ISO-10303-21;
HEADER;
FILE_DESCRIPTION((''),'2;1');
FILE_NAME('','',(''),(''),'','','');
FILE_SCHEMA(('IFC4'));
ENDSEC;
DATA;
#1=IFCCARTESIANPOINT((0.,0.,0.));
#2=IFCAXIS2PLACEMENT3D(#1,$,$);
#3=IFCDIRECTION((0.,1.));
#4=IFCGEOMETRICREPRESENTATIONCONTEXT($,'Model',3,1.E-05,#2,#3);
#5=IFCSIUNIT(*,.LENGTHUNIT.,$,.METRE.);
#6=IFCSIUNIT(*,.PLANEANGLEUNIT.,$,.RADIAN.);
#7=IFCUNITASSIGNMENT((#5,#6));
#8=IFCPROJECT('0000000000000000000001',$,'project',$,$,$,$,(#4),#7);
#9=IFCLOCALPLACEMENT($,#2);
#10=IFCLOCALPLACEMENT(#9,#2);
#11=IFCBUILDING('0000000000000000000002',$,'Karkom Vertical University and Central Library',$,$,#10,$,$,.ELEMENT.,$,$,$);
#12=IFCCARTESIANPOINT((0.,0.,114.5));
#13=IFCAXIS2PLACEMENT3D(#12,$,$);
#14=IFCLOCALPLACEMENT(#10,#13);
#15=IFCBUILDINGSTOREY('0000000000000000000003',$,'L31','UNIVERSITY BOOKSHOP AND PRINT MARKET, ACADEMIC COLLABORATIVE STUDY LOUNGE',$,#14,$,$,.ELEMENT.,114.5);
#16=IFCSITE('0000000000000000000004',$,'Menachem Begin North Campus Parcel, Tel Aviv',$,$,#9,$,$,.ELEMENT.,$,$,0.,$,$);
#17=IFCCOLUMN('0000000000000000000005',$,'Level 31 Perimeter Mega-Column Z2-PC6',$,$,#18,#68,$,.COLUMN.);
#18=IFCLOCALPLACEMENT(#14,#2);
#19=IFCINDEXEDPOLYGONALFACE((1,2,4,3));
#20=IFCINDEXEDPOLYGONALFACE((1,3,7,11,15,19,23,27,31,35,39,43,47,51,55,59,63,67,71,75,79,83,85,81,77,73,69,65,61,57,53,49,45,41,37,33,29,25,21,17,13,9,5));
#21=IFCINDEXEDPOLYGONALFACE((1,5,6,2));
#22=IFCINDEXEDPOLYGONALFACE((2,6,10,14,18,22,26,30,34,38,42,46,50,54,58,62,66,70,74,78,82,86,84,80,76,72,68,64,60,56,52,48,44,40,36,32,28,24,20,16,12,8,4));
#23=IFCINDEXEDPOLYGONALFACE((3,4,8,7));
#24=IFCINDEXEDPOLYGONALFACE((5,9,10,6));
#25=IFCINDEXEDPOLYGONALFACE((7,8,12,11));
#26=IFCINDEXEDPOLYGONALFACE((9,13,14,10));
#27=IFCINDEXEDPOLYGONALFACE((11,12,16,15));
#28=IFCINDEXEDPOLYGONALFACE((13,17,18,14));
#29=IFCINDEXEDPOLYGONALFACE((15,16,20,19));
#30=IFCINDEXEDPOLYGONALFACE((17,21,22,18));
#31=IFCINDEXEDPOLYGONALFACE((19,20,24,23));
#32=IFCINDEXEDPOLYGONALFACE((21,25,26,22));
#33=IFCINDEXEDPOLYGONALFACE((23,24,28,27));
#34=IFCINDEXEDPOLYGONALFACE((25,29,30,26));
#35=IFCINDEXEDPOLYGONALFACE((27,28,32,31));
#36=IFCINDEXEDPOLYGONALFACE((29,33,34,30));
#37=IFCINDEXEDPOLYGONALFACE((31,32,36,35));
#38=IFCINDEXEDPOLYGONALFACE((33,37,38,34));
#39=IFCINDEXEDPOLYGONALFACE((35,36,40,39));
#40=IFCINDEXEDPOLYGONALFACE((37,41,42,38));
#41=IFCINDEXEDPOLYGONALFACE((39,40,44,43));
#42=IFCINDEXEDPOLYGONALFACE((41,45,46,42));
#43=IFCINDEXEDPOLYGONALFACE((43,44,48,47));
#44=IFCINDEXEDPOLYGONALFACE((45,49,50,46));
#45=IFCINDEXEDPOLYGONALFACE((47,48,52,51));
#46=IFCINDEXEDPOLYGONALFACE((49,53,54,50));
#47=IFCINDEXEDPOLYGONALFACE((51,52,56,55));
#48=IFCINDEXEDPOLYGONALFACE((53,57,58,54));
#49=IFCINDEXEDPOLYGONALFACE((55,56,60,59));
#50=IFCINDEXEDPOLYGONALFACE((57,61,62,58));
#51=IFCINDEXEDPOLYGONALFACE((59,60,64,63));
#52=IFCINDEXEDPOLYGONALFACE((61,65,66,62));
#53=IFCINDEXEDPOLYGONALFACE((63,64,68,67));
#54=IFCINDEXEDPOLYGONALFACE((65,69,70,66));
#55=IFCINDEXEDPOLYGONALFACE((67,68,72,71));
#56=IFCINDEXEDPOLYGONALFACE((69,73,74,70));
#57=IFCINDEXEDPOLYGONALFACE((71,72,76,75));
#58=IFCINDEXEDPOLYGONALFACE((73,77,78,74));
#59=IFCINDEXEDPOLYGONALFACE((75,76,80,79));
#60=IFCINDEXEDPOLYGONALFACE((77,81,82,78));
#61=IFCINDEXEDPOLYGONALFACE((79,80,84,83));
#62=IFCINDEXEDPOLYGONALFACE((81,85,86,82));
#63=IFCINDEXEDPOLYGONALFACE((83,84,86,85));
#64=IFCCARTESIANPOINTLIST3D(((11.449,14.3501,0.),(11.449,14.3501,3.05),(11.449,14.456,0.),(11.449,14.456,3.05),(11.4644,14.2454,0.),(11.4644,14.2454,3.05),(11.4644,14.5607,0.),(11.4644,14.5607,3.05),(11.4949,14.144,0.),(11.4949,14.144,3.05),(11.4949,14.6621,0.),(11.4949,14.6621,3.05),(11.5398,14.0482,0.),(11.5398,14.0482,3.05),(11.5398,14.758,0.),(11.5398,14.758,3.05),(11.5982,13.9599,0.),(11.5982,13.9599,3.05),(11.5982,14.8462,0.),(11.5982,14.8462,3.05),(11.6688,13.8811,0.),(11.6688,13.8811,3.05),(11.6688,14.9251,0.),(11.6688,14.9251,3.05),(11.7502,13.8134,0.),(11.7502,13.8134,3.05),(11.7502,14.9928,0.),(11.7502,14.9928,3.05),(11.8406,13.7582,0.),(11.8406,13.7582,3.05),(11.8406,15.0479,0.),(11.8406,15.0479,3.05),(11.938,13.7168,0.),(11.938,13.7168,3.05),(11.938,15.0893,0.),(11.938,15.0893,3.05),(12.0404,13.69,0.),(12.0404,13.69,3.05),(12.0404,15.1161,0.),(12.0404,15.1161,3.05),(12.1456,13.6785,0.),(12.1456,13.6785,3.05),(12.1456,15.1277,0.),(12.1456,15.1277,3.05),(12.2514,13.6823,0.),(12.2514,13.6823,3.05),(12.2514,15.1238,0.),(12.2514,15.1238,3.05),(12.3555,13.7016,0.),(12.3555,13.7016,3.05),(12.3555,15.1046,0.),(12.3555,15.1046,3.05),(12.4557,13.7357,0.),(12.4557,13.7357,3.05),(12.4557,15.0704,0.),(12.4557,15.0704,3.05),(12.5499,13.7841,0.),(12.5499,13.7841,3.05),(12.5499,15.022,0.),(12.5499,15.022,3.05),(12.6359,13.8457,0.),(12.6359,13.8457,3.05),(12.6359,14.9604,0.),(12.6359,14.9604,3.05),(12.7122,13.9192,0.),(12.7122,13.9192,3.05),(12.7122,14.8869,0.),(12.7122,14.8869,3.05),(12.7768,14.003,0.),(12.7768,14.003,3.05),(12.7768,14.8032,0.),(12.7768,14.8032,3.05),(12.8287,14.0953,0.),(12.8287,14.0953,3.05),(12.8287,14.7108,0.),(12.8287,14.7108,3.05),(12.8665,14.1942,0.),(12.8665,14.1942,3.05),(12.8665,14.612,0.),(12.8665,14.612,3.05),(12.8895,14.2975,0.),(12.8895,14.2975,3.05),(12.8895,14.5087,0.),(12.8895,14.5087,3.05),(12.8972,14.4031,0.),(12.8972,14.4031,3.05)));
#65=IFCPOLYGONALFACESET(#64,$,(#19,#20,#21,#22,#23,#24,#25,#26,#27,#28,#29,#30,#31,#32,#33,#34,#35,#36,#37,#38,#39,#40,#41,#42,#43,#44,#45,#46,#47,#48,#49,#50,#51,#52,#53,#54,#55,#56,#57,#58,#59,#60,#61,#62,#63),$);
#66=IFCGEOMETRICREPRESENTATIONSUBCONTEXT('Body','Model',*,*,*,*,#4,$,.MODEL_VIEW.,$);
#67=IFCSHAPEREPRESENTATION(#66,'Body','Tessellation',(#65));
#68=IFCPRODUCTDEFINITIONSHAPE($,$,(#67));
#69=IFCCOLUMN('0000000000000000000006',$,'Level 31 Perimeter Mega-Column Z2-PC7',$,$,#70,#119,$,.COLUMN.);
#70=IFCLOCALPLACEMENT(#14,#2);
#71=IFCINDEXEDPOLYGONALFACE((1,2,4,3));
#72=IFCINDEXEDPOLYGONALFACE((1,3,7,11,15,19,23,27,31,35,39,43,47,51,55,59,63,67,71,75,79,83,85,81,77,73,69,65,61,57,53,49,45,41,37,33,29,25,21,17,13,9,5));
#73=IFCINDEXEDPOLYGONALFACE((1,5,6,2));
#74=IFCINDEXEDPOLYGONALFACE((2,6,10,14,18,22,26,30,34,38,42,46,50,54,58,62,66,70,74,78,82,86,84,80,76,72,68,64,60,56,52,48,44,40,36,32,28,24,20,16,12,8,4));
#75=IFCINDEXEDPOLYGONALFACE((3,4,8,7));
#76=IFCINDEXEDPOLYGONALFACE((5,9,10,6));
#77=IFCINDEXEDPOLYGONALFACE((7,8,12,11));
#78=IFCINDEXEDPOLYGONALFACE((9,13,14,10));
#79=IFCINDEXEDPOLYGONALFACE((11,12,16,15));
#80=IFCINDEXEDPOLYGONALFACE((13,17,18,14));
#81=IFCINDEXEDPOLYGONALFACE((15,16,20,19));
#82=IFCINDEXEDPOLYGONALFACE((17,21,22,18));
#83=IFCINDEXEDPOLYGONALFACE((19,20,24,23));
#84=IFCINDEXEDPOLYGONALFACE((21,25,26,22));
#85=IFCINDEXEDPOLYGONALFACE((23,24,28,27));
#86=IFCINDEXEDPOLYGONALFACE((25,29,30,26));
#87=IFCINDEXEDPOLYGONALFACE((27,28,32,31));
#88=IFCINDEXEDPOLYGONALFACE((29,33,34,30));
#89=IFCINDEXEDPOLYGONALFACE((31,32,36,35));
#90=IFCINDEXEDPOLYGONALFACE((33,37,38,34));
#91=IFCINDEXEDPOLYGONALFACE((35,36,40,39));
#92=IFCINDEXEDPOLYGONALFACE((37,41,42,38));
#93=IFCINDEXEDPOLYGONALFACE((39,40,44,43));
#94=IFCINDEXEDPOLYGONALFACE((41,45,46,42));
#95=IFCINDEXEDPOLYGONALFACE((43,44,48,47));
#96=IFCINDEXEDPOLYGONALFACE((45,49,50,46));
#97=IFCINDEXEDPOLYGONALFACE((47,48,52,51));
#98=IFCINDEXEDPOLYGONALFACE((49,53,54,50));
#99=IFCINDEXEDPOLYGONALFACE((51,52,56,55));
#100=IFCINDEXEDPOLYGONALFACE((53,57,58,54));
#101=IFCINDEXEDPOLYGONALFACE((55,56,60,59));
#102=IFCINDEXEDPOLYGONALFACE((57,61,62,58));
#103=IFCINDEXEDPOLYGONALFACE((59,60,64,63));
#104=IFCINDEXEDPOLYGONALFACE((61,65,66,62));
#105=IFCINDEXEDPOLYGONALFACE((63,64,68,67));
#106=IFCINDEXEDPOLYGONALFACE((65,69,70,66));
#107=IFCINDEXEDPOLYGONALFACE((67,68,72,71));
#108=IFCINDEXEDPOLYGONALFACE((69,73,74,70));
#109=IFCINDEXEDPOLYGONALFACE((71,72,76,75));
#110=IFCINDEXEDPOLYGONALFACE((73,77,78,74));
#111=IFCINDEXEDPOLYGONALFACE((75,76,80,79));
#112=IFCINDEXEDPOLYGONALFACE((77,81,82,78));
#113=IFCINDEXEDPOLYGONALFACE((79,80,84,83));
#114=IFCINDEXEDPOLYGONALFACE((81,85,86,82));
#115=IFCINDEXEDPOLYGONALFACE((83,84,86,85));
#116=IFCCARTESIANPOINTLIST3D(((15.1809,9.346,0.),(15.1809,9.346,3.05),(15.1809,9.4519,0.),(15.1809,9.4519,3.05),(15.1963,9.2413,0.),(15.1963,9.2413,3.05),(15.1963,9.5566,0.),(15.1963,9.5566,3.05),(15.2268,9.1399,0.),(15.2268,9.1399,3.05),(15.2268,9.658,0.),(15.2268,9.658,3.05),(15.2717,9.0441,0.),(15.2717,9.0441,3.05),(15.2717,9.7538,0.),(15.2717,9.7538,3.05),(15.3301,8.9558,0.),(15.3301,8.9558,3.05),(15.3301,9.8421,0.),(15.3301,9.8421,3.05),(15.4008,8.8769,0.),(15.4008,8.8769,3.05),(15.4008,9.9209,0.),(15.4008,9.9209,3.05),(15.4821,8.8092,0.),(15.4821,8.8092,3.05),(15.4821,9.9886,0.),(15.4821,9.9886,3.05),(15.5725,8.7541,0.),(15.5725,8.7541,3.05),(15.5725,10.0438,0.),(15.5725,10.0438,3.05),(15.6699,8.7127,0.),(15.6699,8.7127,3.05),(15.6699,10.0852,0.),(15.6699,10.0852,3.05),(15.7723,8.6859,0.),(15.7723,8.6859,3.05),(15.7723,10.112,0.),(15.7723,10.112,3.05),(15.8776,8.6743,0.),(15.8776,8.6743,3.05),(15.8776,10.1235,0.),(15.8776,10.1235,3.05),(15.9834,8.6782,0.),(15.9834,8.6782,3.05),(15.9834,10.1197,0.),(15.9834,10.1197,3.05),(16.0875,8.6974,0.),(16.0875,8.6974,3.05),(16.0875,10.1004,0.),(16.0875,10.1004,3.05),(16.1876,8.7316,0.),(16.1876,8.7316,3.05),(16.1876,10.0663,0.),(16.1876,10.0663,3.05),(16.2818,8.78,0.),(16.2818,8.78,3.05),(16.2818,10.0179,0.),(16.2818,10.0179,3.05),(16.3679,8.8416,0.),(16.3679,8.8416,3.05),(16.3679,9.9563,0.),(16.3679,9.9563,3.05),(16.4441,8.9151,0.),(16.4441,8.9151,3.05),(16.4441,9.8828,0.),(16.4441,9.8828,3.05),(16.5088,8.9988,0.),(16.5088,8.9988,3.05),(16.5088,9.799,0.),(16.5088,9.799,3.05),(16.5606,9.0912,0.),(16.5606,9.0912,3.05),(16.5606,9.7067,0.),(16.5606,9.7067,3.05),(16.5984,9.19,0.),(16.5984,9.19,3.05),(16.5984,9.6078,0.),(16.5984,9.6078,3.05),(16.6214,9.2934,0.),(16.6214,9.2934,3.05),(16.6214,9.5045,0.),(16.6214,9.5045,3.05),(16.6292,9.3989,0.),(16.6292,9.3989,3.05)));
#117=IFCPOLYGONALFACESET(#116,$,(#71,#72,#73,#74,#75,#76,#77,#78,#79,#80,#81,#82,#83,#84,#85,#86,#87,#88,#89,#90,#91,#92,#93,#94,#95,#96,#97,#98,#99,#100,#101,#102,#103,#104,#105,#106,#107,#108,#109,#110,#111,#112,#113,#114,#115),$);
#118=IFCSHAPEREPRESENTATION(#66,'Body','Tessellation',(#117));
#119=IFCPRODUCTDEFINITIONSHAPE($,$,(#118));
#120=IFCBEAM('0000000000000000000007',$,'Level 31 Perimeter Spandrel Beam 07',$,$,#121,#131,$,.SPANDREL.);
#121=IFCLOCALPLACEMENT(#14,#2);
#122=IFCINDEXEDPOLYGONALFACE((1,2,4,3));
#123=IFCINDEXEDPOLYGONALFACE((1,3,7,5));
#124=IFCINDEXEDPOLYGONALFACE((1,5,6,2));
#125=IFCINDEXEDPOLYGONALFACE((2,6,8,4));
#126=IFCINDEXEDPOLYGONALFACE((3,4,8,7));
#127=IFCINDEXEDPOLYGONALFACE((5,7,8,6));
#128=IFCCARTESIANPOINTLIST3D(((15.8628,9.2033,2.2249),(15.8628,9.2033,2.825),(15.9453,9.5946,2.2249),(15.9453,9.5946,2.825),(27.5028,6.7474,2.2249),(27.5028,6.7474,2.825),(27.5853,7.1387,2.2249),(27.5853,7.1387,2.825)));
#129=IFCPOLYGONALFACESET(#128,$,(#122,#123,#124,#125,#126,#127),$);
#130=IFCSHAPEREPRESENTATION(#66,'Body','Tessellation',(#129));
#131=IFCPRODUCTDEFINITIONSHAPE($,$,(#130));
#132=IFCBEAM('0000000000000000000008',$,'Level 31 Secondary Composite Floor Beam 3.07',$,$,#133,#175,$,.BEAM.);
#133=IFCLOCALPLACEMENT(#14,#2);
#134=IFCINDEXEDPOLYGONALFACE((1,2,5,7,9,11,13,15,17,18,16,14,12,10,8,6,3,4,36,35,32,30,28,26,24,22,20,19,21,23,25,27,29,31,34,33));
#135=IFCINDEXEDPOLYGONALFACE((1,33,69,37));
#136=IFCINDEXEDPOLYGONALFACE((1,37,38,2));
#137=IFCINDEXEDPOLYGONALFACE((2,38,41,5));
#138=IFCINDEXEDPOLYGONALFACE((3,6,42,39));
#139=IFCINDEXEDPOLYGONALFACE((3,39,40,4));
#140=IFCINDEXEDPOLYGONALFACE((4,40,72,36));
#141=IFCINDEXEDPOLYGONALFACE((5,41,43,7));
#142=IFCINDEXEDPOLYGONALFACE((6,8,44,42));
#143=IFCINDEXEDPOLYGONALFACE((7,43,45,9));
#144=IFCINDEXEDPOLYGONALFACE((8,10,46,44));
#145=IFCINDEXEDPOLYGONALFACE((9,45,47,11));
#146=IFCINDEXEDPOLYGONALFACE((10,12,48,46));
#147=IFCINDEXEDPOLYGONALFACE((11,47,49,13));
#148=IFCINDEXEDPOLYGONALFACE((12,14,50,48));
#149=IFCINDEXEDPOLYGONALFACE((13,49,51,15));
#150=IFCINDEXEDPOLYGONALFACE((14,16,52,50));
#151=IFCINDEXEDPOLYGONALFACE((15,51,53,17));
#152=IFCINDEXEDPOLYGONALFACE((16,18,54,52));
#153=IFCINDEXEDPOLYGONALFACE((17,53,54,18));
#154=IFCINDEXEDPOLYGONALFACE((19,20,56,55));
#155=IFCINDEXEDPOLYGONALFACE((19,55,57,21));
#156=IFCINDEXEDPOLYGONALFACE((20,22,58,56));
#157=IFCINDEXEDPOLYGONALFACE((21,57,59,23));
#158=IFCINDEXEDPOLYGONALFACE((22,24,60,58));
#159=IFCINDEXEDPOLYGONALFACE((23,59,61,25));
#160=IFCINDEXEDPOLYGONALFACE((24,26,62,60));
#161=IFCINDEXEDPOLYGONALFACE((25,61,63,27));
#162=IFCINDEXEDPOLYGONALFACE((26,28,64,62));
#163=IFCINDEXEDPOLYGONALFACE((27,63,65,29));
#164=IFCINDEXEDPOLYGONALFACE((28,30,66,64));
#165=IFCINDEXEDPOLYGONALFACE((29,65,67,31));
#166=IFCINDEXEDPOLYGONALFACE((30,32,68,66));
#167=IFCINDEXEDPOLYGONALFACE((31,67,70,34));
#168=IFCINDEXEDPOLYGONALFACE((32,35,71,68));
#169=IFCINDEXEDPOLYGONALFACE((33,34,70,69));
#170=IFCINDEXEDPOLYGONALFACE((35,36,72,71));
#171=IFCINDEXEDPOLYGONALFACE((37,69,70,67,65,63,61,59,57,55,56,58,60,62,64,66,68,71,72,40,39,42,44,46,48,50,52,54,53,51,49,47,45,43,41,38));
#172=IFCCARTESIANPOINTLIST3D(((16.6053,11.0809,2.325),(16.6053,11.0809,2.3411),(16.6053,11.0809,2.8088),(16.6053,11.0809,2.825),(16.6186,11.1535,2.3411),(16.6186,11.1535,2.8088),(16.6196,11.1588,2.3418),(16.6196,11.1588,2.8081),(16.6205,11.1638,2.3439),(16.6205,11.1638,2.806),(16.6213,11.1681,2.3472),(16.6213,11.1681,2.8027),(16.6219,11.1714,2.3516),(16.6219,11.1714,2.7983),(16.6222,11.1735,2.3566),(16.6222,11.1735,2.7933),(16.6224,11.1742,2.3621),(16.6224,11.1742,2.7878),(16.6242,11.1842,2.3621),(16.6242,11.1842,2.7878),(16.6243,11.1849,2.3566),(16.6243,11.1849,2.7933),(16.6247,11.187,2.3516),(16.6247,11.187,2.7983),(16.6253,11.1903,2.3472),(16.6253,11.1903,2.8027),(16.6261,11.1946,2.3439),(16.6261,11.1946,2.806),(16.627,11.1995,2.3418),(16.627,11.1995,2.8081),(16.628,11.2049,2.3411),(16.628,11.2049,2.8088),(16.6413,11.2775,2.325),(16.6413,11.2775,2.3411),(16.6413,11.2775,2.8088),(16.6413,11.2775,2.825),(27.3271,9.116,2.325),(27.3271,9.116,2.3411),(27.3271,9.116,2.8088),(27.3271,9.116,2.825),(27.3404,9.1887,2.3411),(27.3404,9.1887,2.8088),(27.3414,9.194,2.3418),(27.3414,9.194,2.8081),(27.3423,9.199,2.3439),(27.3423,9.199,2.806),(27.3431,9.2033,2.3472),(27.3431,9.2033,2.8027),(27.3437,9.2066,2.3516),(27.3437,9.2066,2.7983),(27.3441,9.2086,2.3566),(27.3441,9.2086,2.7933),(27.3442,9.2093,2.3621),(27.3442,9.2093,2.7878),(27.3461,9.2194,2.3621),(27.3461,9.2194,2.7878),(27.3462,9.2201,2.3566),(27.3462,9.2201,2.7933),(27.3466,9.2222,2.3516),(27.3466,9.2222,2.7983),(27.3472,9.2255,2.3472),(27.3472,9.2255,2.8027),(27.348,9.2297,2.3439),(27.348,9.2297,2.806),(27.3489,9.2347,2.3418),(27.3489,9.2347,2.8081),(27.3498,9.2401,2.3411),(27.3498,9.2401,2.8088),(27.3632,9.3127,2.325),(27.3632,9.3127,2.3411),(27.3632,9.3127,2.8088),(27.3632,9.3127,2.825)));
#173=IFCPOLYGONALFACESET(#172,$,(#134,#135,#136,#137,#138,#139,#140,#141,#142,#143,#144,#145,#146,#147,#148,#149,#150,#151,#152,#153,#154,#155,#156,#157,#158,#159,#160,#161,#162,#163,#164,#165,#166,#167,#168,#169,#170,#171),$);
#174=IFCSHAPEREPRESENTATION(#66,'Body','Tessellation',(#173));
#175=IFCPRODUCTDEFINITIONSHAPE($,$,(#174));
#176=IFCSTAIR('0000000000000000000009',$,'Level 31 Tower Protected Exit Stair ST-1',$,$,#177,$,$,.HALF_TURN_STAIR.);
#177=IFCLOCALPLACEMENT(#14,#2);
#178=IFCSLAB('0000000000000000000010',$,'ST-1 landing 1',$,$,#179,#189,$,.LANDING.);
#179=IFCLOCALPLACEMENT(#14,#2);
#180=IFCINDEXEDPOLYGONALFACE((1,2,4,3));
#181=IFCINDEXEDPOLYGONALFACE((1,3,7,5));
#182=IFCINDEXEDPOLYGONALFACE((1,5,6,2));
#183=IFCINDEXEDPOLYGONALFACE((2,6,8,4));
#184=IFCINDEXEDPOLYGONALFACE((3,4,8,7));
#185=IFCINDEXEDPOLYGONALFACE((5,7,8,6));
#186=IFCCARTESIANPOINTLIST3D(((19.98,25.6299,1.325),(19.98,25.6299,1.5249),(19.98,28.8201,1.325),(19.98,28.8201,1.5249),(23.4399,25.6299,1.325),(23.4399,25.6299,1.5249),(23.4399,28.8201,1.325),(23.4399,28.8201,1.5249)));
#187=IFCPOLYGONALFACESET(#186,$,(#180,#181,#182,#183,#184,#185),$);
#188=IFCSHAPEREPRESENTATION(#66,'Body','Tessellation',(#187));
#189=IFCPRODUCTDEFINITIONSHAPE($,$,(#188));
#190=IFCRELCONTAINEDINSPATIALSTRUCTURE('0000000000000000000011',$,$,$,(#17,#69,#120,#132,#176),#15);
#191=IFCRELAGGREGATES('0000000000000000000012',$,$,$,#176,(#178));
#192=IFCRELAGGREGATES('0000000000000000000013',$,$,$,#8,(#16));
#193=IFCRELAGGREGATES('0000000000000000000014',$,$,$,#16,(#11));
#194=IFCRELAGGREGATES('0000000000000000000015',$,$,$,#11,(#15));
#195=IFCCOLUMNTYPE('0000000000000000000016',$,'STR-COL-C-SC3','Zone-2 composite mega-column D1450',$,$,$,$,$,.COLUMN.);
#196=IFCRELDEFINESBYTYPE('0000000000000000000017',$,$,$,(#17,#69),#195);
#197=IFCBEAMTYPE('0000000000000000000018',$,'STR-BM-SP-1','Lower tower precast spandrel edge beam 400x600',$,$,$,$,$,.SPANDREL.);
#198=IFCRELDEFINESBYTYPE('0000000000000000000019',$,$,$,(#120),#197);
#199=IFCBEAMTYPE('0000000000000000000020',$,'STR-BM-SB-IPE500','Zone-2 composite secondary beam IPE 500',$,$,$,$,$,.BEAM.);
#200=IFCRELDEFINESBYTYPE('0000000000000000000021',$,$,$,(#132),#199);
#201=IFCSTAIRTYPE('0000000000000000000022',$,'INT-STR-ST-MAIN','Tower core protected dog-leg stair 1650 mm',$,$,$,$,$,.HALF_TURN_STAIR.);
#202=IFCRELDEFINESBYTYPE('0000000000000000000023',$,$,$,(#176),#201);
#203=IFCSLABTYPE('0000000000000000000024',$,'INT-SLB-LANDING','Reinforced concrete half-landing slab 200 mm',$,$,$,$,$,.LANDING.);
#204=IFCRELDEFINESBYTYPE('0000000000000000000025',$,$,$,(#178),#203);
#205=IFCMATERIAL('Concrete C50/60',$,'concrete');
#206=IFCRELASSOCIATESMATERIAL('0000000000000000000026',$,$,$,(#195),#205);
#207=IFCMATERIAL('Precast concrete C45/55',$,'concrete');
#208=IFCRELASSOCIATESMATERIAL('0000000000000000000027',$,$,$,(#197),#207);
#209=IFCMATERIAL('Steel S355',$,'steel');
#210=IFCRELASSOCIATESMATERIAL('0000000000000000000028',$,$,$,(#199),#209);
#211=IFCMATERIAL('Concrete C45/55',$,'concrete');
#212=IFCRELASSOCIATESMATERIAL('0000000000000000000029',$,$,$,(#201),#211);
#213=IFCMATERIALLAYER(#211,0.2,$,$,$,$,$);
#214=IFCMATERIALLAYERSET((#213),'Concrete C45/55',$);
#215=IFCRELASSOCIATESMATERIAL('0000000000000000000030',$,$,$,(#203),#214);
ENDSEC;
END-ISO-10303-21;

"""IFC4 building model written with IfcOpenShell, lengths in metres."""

from ifc_helpers import new_model, si_unit, direction, frame, origin, origin_with_axes, origin_2d, place, context, subcontext, project, spatial, polyline, rectangle, circle, i_section, outline, extrude, source, transform, mapped, material, layer, layer_set, material_profile, profile_set, type_object, element, aggregate, save


model = new_model("IFC4")

# Units and contexts
model_context = context("Model", 3, precision=1e-05, world=origin(), true_north=direction((0.0, 1.0)))
body_context = subcontext(model_context, "Body", "Model", "MODEL_VIEW")
ifc_project = project(units=[si_unit("LENGTHUNIT", "METRE"), si_unit("PLANEANGLEUNIT", "RADIAN")], contexts=[model_context])

# Site, building, storey
site_placement = place(None, origin())
site = spatial("IfcSite", under=ifc_project, at=site_placement, Name="Menachem Begin North Campus Parcel, Tel Aviv", CompositionType="ELEMENT", RefElevation=0.0)
building_placement = place(site_placement, origin())
building = spatial("IfcBuilding", under=site, at=building_placement, Name="Karkom Vertical University and Central Library", CompositionType="ELEMENT")
storey_placement = place(building_placement, frame((0.0, 0.0, 114.5)))
storey = spatial("IfcBuildingStorey", under=building, at=storey_placement, Name="L31", Description="UNIVERSITY BOOKSHOP AND PRINT MARKET, ACADEMIC COLLABORATIVE STUDY LOUNGE", CompositionType="ELEMENT", Elevation=114.5)

# Columns
ifc_material_1 = material(Name="Concrete C50/60", Category="concrete")
ifc_material_profile_1 = material_profile(ifc_material_1, circle(Radius=0.7251, at=origin_2d()), Name="CFT-D1450")
ifc_profile_set_1 = profile_set([ifc_material_profile_1], Name="Concrete C50/60")
column_type = type_object("IfcColumnType", Name="STR-COL-C-SC3", Description="Zone-2 composite mega-column D1450", PredefinedType="COLUMN", material=ifc_profile_set_1)
shared_shape_1 = source(origin_with_axes(), body_context, "Body", "SweptSolid", [
    extrude(circle(Radius=0.7251, at=origin_2d()), origin(), (0.0, 0.0, 1.0), 3.05),
])
for number, where, z_axis, x_axis, name in (
    (1, (12.1721, 14.4031, 0.0), (0.0, 0.0, 1.0), (1.0, 0.0, 0.0), "Level 31 Perimeter Mega-Column Z2-PC6"),
    (2, (15.9041, 9.3989, 0.0), (0.0, 0.0, 1.0), (1.0, 0.0, 0.0), "Level 31 Perimeter Mega-Column Z2-PC7"),
):
    element("IfcColumn", number, at=place(storey_placement, frame(where, z_axis=z_axis, x_axis=x_axis)), inside=storey, type_object=column_type, Name=name, PredefinedType="COLUMN", context=body_context, shape_type="MappedRepresentation", body=[
        mapped(shared_shape_1, transform((0.0, 0.0, 0.0), scale=1.0)),
    ])

# Beams
ifc_material_2 = material(Name="Precast concrete C45/55", Category="concrete")
ifc_material_profile_2 = material_profile(ifc_material_2, rectangle(XDim=0.3999, YDim=0.6001, at=origin_2d()), Name="SPB-400x600")
ifc_profile_set_2 = profile_set([ifc_material_profile_2], Name="Precast concrete C45/55")
beam_type_1 = type_object("IfcBeamType", Name="STR-BM-SP-1", Description="Lower tower precast spandrel edge beam 400x600", PredefinedType="SPANDREL", material=ifc_profile_set_2)
shared_shape_2 = source(origin_with_axes(), body_context, "Body", "SweptSolid", [
    extrude(rectangle(XDim=0.3999, YDim=0.6001, at=origin_2d()), origin(), (0.0, 0.0, 1.0), 11.8962),
])
beam_1_placement = place(storey_placement, frame((15.9041, 9.3989, 2.5249), z_axis=(0.97846, -0.206438, 0.0), x_axis=(0.206438, 0.97846, 0.0)))
element("IfcBeam", 3, at=beam_1_placement, inside=storey, type_object=beam_type_1, Name="Level 31 Perimeter Spandrel Beam 07", PredefinedType="SPANDREL", context=body_context, shape_type="MappedRepresentation", body=[
    mapped(shared_shape_2, transform((0.0, 0.0, 0.0), scale=1.0)),
])
ifc_material_3 = material(Name="Steel S355", Category="steel")
ifc_material_profile_3 = material_profile(ifc_material_3, i_section(OverallWidth=0.2, OverallDepth=0.5, WebThickness=0.0103, FlangeThickness=0.0161, FilletRadius=0.021, at=origin_2d()), Name="IPE 500")
ifc_profile_set_3 = profile_set([ifc_material_profile_3], Name="Steel S355")
beam_type_2 = type_object("IfcBeamType", Name="STR-BM-SB-IPE500", Description="Zone-2 composite secondary beam IPE 500", PredefinedType="BEAM", material=ifc_profile_set_3)
shared_shape_3 = source(origin_with_axes(), body_context, "Body", "SweptSolid", [
    extrude(i_section(OverallWidth=0.2, OverallDepth=0.5, WebThickness=0.0103, FlangeThickness=0.0161, FilletRadius=0.021, at=origin_2d()), origin(), (0.0, 0.0, 1.0), 10.9004),
])
beam_2_placement = place(storey_placement, frame((16.6233, 11.1792, 2.575), z_axis=(0.98362, -0.180253, 0.0), x_axis=(0.180253, 0.98362, 0.0)))
element("IfcBeam", 4, at=beam_2_placement, inside=storey, type_object=beam_type_2, Name="Level 31 Secondary Composite Floor Beam 3.07", PredefinedType="BEAM", context=body_context, shape_type="MappedRepresentation", body=[
    mapped(shared_shape_3, transform((0.0, 0.0, 0.0), scale=1.0)),
])

# Stair, slab
ifc_material_4 = material(Name="Concrete C45/55", Category="concrete")
stair_type = type_object("IfcStairType", Name="INT-STR-ST-MAIN", Description="Tower core protected dog-leg stair 1650 mm", PredefinedType="HALF_TURN_STAIR", material=ifc_material_4)
stair_1_placement = place(storey_placement, origin())
stair_1 = element("IfcStair", 5, at=stair_1_placement, inside=storey, type_object=stair_type, Name="Level 31 Tower Protected Exit Stair ST-1", PredefinedType="HALF_TURN_STAIR")
ifc_layer_1 = layer(ifc_material_4, 0.2)
ifc_layer_set_1 = layer_set([ifc_layer_1], Name="Concrete C45/55")
slab_type_1 = type_object("IfcSlabType", Name="INT-SLB-LANDING", Description="Reinforced concrete half-landing slab 200 mm", PredefinedType="LANDING", material=ifc_layer_set_1)
slab_1_placement = place(storey_placement, frame((0.0, 0.0, 1.325)))
slab_1 = element("IfcSlab", 6, at=slab_1_placement, type_object=slab_type_1, Name="ST-1 landing 1", PredefinedType="LANDING", context=body_context, shape_type="SweptSolid", body=[
    extrude(outline(polyline([(23.4399, 25.6299), (23.4399, 28.8201), (19.98, 28.8201), (19.98, 25.6299), (23.4399, 25.6299)])), origin(), (0.0, 0.0, 1.0), 0.2),
])
aggregate(stair_1, [slab_1])

save(model, "model.ifc")
